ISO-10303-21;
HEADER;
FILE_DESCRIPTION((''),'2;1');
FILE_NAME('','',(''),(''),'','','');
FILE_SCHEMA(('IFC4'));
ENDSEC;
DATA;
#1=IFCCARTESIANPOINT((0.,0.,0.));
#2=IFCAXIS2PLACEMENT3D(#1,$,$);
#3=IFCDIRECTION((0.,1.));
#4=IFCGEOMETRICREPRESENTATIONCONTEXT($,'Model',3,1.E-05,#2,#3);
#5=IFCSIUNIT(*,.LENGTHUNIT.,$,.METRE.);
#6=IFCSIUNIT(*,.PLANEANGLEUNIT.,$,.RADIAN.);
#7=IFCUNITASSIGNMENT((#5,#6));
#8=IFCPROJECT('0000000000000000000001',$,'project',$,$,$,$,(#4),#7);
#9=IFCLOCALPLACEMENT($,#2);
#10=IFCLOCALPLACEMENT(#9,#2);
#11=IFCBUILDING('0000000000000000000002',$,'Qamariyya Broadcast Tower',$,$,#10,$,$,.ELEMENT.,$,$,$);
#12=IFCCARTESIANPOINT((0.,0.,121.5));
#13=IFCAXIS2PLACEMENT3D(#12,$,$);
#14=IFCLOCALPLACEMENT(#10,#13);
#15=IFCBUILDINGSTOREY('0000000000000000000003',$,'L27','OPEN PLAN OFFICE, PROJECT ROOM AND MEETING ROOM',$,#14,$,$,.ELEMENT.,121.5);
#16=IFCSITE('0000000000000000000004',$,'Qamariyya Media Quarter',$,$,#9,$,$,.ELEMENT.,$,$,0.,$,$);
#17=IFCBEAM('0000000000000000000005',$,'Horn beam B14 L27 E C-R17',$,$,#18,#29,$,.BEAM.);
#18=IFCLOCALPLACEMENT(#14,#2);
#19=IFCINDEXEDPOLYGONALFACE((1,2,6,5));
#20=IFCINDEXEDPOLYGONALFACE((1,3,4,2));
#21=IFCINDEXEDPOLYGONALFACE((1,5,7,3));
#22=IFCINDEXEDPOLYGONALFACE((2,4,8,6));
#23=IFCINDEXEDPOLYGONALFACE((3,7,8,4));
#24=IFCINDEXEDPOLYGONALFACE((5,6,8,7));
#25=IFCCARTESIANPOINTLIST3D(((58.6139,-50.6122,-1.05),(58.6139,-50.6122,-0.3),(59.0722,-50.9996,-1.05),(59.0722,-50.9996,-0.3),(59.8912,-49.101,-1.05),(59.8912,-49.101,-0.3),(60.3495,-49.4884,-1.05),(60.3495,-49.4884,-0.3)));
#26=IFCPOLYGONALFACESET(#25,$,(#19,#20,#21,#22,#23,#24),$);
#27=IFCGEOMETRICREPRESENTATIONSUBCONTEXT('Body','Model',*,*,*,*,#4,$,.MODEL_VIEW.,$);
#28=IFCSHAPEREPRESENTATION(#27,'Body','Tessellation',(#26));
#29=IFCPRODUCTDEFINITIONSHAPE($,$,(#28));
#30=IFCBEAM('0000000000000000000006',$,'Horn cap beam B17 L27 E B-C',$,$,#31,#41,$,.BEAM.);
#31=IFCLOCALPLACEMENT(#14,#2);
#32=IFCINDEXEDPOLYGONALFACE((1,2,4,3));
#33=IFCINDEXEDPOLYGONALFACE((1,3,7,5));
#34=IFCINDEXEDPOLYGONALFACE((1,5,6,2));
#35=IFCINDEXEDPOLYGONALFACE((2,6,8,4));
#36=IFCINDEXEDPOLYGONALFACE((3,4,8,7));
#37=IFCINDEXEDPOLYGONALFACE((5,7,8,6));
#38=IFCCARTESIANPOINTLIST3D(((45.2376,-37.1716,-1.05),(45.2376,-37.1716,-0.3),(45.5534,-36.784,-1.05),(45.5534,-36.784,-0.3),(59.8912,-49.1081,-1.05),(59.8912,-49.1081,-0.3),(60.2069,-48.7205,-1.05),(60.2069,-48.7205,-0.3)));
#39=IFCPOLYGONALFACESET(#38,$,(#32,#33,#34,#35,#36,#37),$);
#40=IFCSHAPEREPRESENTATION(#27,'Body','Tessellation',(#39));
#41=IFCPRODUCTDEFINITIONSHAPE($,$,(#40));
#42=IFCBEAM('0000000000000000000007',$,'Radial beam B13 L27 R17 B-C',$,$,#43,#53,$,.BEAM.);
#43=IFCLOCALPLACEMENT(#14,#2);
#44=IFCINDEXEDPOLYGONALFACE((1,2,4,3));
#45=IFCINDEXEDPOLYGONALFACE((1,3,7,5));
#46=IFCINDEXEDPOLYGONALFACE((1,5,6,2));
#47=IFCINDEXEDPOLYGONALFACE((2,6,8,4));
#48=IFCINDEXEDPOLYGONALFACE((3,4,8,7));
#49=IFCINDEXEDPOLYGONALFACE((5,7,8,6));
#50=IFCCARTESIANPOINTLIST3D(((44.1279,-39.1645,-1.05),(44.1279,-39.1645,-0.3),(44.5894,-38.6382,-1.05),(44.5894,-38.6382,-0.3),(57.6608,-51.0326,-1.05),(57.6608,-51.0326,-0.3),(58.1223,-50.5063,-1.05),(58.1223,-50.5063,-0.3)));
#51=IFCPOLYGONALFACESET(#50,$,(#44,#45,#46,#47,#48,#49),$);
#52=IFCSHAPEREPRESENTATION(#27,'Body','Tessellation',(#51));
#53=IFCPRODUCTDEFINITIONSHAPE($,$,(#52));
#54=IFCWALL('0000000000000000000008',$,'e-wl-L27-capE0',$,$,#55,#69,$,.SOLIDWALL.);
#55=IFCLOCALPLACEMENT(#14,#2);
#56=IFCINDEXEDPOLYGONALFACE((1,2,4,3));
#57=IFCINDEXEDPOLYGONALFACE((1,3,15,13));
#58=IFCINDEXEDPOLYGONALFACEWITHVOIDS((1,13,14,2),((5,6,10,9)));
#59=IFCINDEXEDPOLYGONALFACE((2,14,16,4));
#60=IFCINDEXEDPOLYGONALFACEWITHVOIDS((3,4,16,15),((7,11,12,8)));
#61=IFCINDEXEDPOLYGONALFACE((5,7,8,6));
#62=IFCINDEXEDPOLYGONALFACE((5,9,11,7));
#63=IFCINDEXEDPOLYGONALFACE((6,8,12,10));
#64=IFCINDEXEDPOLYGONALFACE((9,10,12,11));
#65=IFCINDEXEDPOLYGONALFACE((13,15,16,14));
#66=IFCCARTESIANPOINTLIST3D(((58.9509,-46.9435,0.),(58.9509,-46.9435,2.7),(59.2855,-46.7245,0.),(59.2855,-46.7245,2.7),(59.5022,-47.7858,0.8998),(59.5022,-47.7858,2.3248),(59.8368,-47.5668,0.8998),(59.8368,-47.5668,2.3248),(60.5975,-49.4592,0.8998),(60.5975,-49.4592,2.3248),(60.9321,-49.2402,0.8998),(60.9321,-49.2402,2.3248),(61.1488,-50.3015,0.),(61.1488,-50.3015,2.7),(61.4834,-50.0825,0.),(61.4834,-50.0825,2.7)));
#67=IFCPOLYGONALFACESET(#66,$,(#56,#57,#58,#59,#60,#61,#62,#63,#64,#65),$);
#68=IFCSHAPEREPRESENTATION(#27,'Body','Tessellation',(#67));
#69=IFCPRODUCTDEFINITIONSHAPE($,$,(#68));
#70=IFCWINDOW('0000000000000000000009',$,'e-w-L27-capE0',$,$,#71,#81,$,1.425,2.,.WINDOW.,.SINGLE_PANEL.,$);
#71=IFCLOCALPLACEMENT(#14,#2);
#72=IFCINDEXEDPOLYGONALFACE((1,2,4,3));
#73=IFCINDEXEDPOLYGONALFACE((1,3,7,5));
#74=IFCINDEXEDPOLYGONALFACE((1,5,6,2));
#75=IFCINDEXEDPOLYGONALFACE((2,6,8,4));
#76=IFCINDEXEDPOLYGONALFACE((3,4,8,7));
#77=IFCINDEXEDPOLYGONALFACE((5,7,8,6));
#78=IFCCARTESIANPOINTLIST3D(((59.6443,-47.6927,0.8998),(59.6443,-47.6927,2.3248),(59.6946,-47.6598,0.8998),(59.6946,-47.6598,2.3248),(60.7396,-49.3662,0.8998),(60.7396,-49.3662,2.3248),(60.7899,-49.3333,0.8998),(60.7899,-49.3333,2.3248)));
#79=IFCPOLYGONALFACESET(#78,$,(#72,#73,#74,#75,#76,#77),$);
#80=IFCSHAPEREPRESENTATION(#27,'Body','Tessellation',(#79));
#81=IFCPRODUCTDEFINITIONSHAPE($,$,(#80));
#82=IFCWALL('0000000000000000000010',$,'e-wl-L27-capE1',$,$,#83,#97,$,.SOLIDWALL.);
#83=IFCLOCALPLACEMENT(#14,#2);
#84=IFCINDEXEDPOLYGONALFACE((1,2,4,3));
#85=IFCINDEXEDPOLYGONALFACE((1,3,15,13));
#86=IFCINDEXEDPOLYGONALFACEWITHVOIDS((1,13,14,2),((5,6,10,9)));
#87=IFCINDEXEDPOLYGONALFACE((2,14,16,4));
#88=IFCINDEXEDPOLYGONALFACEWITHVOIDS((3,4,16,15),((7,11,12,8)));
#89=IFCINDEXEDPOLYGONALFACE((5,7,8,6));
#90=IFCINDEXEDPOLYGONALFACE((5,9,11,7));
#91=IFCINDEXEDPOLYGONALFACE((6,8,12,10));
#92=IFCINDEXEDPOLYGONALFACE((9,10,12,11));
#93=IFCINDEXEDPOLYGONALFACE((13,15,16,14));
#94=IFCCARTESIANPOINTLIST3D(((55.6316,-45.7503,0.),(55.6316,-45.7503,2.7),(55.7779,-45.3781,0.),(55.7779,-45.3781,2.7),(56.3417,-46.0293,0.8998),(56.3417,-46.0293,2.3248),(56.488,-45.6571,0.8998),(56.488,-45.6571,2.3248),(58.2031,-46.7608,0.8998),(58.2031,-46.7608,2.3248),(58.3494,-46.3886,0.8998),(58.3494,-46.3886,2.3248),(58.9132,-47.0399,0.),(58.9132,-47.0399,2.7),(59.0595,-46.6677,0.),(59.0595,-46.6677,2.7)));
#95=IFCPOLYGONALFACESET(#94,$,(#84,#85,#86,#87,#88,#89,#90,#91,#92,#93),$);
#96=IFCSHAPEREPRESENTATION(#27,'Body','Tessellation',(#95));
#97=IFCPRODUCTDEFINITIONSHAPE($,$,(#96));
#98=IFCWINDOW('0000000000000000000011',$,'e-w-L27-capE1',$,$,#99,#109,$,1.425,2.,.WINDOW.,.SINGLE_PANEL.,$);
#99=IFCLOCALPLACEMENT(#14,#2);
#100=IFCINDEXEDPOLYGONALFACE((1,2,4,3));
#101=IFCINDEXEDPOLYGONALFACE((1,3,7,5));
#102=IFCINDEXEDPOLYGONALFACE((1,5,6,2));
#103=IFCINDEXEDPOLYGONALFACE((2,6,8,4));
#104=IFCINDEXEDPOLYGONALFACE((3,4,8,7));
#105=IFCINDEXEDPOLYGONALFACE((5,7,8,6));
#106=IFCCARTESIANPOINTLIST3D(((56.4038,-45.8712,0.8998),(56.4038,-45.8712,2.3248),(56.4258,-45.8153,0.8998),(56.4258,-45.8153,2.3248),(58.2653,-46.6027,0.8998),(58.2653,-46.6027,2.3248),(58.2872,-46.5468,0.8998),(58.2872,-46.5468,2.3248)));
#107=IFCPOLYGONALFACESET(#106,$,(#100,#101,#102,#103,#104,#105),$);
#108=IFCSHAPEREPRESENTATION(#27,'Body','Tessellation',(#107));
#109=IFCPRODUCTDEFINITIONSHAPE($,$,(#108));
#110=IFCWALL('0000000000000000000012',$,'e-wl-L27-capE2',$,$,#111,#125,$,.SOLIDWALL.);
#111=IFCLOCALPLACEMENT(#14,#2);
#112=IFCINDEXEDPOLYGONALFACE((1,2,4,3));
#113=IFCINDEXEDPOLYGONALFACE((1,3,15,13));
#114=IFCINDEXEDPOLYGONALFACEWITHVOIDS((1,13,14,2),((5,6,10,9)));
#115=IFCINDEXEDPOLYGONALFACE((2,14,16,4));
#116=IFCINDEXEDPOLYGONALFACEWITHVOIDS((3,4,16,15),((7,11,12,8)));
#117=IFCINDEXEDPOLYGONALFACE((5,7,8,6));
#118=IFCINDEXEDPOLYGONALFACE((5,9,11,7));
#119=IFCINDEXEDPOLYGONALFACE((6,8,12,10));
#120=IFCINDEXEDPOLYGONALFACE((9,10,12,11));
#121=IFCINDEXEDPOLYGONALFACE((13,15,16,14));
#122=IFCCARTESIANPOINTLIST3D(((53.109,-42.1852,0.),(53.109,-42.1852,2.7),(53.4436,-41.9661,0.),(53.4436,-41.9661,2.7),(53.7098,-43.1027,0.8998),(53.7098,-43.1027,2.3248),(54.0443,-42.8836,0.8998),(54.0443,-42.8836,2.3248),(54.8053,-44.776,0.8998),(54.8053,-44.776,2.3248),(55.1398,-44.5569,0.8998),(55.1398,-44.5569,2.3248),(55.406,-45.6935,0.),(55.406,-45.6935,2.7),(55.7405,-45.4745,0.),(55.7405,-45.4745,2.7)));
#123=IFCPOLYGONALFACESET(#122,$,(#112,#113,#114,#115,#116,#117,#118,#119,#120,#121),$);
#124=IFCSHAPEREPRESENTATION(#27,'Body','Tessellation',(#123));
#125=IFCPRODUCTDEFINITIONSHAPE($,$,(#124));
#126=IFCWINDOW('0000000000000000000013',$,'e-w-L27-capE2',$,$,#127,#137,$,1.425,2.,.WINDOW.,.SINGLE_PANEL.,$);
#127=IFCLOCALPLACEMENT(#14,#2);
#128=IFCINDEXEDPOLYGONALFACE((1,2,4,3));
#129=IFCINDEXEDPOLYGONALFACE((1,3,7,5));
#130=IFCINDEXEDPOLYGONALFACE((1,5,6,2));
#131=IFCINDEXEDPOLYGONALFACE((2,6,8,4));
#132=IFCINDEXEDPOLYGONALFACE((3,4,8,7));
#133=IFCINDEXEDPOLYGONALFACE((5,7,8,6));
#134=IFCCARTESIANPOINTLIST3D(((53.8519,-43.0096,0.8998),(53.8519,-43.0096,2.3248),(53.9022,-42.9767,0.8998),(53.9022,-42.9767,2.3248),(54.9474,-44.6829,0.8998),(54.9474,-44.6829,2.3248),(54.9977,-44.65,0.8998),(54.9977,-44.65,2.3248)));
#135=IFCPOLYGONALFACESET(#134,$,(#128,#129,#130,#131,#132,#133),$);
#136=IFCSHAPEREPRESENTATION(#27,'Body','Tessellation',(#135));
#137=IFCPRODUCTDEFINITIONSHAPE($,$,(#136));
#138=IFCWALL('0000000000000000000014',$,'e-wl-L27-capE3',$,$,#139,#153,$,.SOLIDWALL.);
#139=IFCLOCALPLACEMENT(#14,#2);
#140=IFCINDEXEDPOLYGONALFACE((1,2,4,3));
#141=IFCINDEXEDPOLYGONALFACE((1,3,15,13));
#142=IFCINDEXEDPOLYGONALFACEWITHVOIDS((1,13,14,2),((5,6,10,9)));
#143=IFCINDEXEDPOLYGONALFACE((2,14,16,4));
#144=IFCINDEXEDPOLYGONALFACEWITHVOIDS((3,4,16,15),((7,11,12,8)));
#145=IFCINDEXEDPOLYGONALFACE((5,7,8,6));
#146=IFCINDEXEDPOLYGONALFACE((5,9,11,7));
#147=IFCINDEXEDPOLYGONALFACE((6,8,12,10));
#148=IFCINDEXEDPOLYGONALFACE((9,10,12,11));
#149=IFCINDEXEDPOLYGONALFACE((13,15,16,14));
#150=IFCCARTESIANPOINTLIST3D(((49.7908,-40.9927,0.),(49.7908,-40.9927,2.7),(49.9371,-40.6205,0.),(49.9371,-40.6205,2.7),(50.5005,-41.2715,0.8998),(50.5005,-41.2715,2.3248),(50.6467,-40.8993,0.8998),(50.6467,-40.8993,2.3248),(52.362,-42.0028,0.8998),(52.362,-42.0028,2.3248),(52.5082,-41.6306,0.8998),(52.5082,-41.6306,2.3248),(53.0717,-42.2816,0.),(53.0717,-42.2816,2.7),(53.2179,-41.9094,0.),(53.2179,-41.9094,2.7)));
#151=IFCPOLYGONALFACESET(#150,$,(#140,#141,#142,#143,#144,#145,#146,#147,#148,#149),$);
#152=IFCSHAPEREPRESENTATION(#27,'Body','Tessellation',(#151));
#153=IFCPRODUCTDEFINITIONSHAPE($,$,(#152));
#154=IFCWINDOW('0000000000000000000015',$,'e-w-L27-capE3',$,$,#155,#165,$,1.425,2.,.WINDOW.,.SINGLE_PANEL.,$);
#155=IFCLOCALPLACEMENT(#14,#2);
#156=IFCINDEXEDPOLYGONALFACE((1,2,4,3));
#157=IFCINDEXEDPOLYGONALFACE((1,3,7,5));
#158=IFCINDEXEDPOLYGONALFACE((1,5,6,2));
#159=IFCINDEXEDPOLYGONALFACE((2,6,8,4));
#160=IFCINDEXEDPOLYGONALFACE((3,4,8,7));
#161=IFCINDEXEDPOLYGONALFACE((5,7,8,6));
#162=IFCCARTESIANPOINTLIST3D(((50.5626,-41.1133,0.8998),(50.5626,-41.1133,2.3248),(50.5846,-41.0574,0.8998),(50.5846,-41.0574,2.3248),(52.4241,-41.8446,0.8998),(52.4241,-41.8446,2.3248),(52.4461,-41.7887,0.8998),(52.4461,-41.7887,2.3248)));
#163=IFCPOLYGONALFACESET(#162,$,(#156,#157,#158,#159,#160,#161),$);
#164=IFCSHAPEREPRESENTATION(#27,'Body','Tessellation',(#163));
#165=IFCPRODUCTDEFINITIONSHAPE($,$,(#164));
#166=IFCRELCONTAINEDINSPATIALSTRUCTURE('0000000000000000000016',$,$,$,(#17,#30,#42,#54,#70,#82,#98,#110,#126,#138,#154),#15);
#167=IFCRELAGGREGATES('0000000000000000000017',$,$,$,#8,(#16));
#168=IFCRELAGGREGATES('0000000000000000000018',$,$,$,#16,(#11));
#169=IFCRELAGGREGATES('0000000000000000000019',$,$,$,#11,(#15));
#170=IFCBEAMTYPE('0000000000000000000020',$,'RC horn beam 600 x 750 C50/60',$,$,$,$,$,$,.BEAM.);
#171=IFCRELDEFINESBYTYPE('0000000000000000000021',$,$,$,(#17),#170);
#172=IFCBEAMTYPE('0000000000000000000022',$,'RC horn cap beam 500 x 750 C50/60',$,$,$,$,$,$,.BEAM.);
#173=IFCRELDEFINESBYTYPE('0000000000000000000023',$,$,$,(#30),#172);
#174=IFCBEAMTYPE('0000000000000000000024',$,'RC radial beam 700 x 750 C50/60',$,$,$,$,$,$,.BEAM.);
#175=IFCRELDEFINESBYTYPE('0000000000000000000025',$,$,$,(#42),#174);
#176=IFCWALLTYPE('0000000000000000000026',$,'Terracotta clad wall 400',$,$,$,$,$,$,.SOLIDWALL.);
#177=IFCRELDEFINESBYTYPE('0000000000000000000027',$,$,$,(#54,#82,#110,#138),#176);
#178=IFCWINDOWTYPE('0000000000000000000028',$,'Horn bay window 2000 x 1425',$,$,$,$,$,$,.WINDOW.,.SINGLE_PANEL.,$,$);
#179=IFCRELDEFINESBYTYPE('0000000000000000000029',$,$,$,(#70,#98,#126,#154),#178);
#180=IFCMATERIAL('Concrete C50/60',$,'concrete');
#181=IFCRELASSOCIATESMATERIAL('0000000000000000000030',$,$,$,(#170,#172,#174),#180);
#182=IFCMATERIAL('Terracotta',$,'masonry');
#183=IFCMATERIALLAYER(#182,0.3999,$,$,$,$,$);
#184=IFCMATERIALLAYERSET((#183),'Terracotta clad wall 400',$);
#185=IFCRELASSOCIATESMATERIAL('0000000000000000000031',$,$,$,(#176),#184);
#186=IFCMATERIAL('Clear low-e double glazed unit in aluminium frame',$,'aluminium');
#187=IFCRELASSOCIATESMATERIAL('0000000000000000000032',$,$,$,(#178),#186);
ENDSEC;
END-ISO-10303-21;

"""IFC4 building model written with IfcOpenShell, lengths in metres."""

from ifc_helpers import new_model, si_unit, direction, frame, frame_2d, origin, origin_2d, place, context, subcontext, project, spatial, rectangle, extrude, material, layer, layer_set, material_profile, profile_set, type_object, element, fill, save


model = new_model("IFC4")

# Units and contexts
model_context = context("Model", 3, precision=1e-05, world=origin(), true_north=direction((0.0, 1.0)))
body_context = subcontext(model_context, "Body", "Model", "MODEL_VIEW")
ifc_project = project(units=[si_unit("LENGTHUNIT", "METRE"), si_unit("PLANEANGLEUNIT", "RADIAN")], contexts=[model_context])

# Site, building, storey
site_placement = place(None, origin())
site = spatial("IfcSite", under=ifc_project, at=site_placement, Name="Qamariyya Media Quarter", CompositionType="ELEMENT", RefElevation=0.0)
building_placement = place(site_placement, origin())
building = spatial("IfcBuilding", under=site, at=building_placement, Name="Qamariyya Broadcast Tower", CompositionType="ELEMENT")
storey_placement = place(building_placement, frame((0.0, 0.0, 121.5)))
storey = spatial("IfcBuildingStorey", under=building, at=storey_placement, Name="L27", Description="OPEN PLAN OFFICE, PROJECT ROOM AND MEETING ROOM", CompositionType="ELEMENT", Elevation=121.5)

# Beams
ifc_material_1 = material(Name="Concrete C50/60", Category="concrete")
ifc_material_profile_1 = material_profile(ifc_material_1, rectangle(XDim=0.6001, YDim=0.75, at=origin_2d()))
ifc_profile_set_1 = profile_set([ifc_material_profile_1], Name="Concrete C50/60")
beam_type_1 = type_object("IfcBeamType", Name="RC horn beam 600 x 750 C50/60", PredefinedType="BEAM", material=ifc_profile_set_1)
beam_1_placement = place(storey_placement, frame((58.843, -50.8059, -0.675), z_axis=(0.645533, 0.763732, 0.0), x_axis=(-0.763732, 0.645533, 0.0)))
element("IfcBeam", 1, at=beam_1_placement, inside=storey, type_object=beam_type_1, Name="Horn beam B14 L27 E C-R17", PredefinedType="BEAM", context=body_context, shape_type="SweptSolid", body=[
    extrude(rectangle(XDim=0.6001, YDim=0.75, at=origin_2d()), origin(), (0.0, 0.0, 1.0), 1.9788),
])
ifc_material_profile_2 = material_profile(ifc_material_1, rectangle(XDim=0.5, YDim=0.75, at=origin_2d()))
ifc_profile_set_2 = profile_set([ifc_material_profile_2], Name="Concrete C50/60")
beam_type_2 = type_object("IfcBeamType", Name="RC horn cap beam 500 x 750 C50/60", PredefinedType="BEAM", material=ifc_profile_set_2)
beam_2_placement = place(storey_placement, frame((45.3955, -36.9778, -0.675), z_axis=(0.775324, -0.631564, 0.0), x_axis=(0.631564, 0.775324, 0.0)))
element("IfcBeam", 2, at=beam_2_placement, inside=storey, type_object=beam_type_2, Name="Horn cap beam B17 L27 E B-C", PredefinedType="BEAM", context=body_context, shape_type="SweptSolid", body=[
    extrude(rectangle(XDim=0.5, YDim=0.75, at=origin_2d()), origin(), (0.0, 0.0, 1.0), 18.8999),
])
ifc_material_profile_3 = material_profile(ifc_material_1, rectangle(XDim=0.7, YDim=0.75, at=origin_2d()))
ifc_profile_set_3 = profile_set([ifc_material_profile_3], Name="Concrete C50/60")
beam_type_3 = type_object("IfcBeamType", Name="RC radial beam 700 x 750 C50/60", PredefinedType="BEAM", material=ifc_profile_set_3)
beam_3_placement = place(storey_placement, frame((44.3586, -38.9014, -0.675), z_axis=(0.751838, -0.659348, 0.0), x_axis=(0.659348, 0.751838, 0.0)))
element("IfcBeam", 3, at=beam_3_placement, inside=storey, type_object=beam_type_3, Name="Radial beam B13 L27 R17 B-C", PredefinedType="BEAM", context=body_context, shape_type="SweptSolid", body=[
    extrude(rectangle(XDim=0.7, YDim=0.75, at=origin_2d()), origin(), (0.0, 0.0, 1.0), 17.9998),
])

# Walls, openings, windows
ifc_material_2 = material(Name="Terracotta", Category="masonry")
ifc_layer = layer(ifc_material_2, 0.3999)
ifc_layer_set = layer_set([ifc_layer], Name="Terracotta clad wall 400")
wall_type = type_object("IfcWallType", Name="Terracotta clad wall 400", PredefinedType="SOLIDWALL", material=ifc_layer_set)
wall_1_placement = place(storey_placement, frame((61.3162, -50.1921, 0.0), z_axis=(0.0, 0.0, 1.0), x_axis=(-0.547648, 0.836709, 0.0)))
wall_1 = element("IfcWall", 4, at=wall_1_placement, inside=storey, type_object=wall_type, Name="e-wl-L27-capE0", PredefinedType="SOLIDWALL", context=body_context, shape_type="SweptSolid", body=[
    extrude(rectangle(XDim=4.0134, YDim=0.3999, at=frame_2d((2.0068, 0.0))), origin(), (0.0, 0.0, 1.0), 2.7),
])
opening_1_placement = place(wall_1_placement, frame((1.0068, 0.0, 0.8999)))
opening_1 = element("IfcOpeningElement", 5, at=opening_1_placement, cuts=wall_1, PredefinedType="OPENING", context=body_context, shape_type="SweptSolid", body=[
    extrude(rectangle(XDim=2.0, YDim=1.425, at=frame_2d((1.0, 0.7124))), frame((0.0, 0.21, 0.0), z_axis=(0.0, -1.0, 0.0), x_axis=(1.0, 0.0, 0.0)), (0.0, 0.0, 1.0), 0.4199),
])
ifc_material_3 = material(Name="Clear low-e double glazed unit in aluminium frame", Category="aluminium")
window_type_1 = type_object("IfcWindowType", Name="Horn bay window 2000 x 1425", PartitioningType="SINGLE_PANEL", PredefinedType="WINDOW", material=ifc_material_3)
window_1_placement = place(opening_1_placement, origin())
window_1 = element("IfcWindow", 6, at=window_1_placement, inside=storey, type_object=window_type_1, Name="e-w-L27-capE0", OverallHeight=1.425, OverallWidth=2.0, PartitioningType="SINGLE_PANEL", PredefinedType="WINDOW", context=body_context, shape_type="SweptSolid", body=[
    extrude(rectangle(XDim=2.0, YDim=1.425, at=frame_2d((1.0, 0.7124))), frame((0.0, 0.03, 0.0), z_axis=(0.0, -1.0, 0.0), x_axis=(1.0, 0.0, 0.0)), (0.0, 0.0, 1.0), 0.0601),
])
fill(opening_1, window_1)
wall_2_placement = place(storey_placement, frame((58.9863, -46.8538, 0.0), z_axis=(0.0, 0.0, 1.0), x_axis=(-0.930714, 0.365749, 0.0)))
wall_2 = element("IfcWall", 7, at=wall_2_placement, inside=storey, type_object=wall_type, Name="e-wl-L27-capE1", PredefinedType="SOLIDWALL", context=body_context, shape_type="SweptSolid", body=[
    extrude(rectangle(XDim=3.5259, YDim=0.3999, at=frame_2d((1.7629, 0.0))), origin(), (0.0, 0.0, 1.0), 2.7),
])
opening_2_placement = place(wall_2_placement, frame((0.7629, 0.0, 0.8999)))
opening_2 = element("IfcOpeningElement", 8, at=opening_2_placement, cuts=wall_2, PredefinedType="OPENING", context=body_context, shape_type="SweptSolid", body=[
    extrude(rectangle(XDim=2.0, YDim=1.425, at=frame_2d((1.0, 0.7124))), frame((0.0, 0.21, 0.0), z_axis=(0.0, -1.0, 0.0), x_axis=(1.0, 0.0, 0.0)), (0.0, 0.0, 1.0), 0.4199),
])
window_2_placement = place(opening_2_placement, origin())
window_2 = element("IfcWindow", 9, at=window_2_placement, inside=storey, type_object=window_type_1, Name="e-w-L27-capE1", OverallHeight=1.425, OverallWidth=2.0, PartitioningType="SINGLE_PANEL", PredefinedType="WINDOW", context=body_context, shape_type="SweptSolid", body=[
    extrude(rectangle(XDim=2.0, YDim=1.425, at=frame_2d((1.0, 0.7124))), frame((0.0, 0.03, 0.0), z_axis=(0.0, -1.0, 0.0), x_axis=(1.0, 0.0, 0.0)), (0.0, 0.0, 1.0), 0.0601),
])
fill(opening_2, window_2)
wall_3_placement = place(storey_placement, frame((55.5732, -45.584, 0.0), z_axis=(0.0, 0.0, 1.0), x_axis=(-0.547748, 0.836643, 0.0)))
wall_3 = element("IfcWall", 10, at=wall_3_placement, inside=storey, type_object=wall_type, Name="e-wl-L27-capE2", PredefinedType="SOLIDWALL", context=body_context, shape_type="SweptSolid", body=[
    extrude(rectangle(XDim=4.1934, YDim=0.3999, at=frame_2d((2.0967, 0.0))), origin(), (0.0, 0.0, 1.0), 2.7),
])
opening_3_placement = place(wall_3_placement, frame((1.0967, 0.0, 0.8999)))
opening_3 = element("IfcOpeningElement", 11, at=opening_3_placement, cuts=wall_3, PredefinedType="OPENING", context=body_context, shape_type="SweptSolid", body=[
    extrude(rectangle(XDim=2.0, YDim=1.425, at=frame_2d((1.0, 0.7124))), frame((0.0, 0.21, 0.0), z_axis=(0.0, -1.0, 0.0), x_axis=(1.0, 0.0, 0.0)), (0.0, 0.0, 1.0), 0.4199),
])
window_3_placement = place(opening_3_placement, origin())
window_3 = element("IfcWindow", 12, at=window_3_placement, inside=storey, type_object=window_type_1, Name="e-w-L27-capE2", OverallHeight=1.425, OverallWidth=2.0, PartitioningType="SINGLE_PANEL", PredefinedType="WINDOW", context=body_context, shape_type="SweptSolid", body=[
    extrude(rectangle(XDim=2.0, YDim=1.425, at=frame_2d((1.0, 0.7124))), frame((0.0, 0.03, 0.0), z_axis=(0.0, -1.0, 0.0), x_axis=(1.0, 0.0, 0.0)), (0.0, 0.0, 1.0), 0.0601),
])
fill(opening_3, window_3)
wall_4_placement = place(storey_placement, frame((53.1448, -42.0955, 0.0), z_axis=(0.0, 0.0, 1.0), x_axis=(-0.930757, 0.36564, 0.0)))
wall_4 = element("IfcWall", 13, at=wall_4_placement, inside=storey, type_object=wall_type, Name="e-wl-L27-capE3", PredefinedType="SOLIDWALL", context=body_context, shape_type="SweptSolid", body=[
    extrude(rectangle(XDim=3.5249, YDim=0.3999, at=frame_2d((1.7625, 0.0))), origin(), (0.0, 0.0, 1.0), 2.7),
])
opening_4_placement = place(wall_4_placement, frame((0.7625, 0.0, 0.8999)))
opening_4 = element("IfcOpeningElement", 14, at=opening_4_placement, cuts=wall_4, PredefinedType="OPENING", context=body_context, shape_type="SweptSolid", body=[
    extrude(rectangle(XDim=2.0, YDim=1.425, at=frame_2d((1.0, 0.7124))), frame((0.0, 0.21, 0.0), z_axis=(0.0, -1.0, 0.0), x_axis=(1.0, 0.0, 0.0)), (0.0, 0.0, 1.0), 0.4199),
])
window_4_placement = place(opening_4_placement, origin())
window_4 = element("IfcWindow", 15, at=window_4_placement, inside=storey, type_object=window_type_1, Name="e-w-L27-capE3", OverallHeight=1.425, OverallWidth=2.0, PartitioningType="SINGLE_PANEL", PredefinedType="WINDOW", context=body_context, shape_type="SweptSolid", body=[
    extrude(rectangle(XDim=2.0, YDim=1.425, at=frame_2d((1.0, 0.7124))), frame((0.0, 0.03, 0.0), z_axis=(0.0, -1.0, 0.0), x_axis=(1.0, 0.0, 0.0)), (0.0, 0.0, 1.0), 0.0601),
])
fill(opening_4, window_4)

save(model, "model.ifc")
